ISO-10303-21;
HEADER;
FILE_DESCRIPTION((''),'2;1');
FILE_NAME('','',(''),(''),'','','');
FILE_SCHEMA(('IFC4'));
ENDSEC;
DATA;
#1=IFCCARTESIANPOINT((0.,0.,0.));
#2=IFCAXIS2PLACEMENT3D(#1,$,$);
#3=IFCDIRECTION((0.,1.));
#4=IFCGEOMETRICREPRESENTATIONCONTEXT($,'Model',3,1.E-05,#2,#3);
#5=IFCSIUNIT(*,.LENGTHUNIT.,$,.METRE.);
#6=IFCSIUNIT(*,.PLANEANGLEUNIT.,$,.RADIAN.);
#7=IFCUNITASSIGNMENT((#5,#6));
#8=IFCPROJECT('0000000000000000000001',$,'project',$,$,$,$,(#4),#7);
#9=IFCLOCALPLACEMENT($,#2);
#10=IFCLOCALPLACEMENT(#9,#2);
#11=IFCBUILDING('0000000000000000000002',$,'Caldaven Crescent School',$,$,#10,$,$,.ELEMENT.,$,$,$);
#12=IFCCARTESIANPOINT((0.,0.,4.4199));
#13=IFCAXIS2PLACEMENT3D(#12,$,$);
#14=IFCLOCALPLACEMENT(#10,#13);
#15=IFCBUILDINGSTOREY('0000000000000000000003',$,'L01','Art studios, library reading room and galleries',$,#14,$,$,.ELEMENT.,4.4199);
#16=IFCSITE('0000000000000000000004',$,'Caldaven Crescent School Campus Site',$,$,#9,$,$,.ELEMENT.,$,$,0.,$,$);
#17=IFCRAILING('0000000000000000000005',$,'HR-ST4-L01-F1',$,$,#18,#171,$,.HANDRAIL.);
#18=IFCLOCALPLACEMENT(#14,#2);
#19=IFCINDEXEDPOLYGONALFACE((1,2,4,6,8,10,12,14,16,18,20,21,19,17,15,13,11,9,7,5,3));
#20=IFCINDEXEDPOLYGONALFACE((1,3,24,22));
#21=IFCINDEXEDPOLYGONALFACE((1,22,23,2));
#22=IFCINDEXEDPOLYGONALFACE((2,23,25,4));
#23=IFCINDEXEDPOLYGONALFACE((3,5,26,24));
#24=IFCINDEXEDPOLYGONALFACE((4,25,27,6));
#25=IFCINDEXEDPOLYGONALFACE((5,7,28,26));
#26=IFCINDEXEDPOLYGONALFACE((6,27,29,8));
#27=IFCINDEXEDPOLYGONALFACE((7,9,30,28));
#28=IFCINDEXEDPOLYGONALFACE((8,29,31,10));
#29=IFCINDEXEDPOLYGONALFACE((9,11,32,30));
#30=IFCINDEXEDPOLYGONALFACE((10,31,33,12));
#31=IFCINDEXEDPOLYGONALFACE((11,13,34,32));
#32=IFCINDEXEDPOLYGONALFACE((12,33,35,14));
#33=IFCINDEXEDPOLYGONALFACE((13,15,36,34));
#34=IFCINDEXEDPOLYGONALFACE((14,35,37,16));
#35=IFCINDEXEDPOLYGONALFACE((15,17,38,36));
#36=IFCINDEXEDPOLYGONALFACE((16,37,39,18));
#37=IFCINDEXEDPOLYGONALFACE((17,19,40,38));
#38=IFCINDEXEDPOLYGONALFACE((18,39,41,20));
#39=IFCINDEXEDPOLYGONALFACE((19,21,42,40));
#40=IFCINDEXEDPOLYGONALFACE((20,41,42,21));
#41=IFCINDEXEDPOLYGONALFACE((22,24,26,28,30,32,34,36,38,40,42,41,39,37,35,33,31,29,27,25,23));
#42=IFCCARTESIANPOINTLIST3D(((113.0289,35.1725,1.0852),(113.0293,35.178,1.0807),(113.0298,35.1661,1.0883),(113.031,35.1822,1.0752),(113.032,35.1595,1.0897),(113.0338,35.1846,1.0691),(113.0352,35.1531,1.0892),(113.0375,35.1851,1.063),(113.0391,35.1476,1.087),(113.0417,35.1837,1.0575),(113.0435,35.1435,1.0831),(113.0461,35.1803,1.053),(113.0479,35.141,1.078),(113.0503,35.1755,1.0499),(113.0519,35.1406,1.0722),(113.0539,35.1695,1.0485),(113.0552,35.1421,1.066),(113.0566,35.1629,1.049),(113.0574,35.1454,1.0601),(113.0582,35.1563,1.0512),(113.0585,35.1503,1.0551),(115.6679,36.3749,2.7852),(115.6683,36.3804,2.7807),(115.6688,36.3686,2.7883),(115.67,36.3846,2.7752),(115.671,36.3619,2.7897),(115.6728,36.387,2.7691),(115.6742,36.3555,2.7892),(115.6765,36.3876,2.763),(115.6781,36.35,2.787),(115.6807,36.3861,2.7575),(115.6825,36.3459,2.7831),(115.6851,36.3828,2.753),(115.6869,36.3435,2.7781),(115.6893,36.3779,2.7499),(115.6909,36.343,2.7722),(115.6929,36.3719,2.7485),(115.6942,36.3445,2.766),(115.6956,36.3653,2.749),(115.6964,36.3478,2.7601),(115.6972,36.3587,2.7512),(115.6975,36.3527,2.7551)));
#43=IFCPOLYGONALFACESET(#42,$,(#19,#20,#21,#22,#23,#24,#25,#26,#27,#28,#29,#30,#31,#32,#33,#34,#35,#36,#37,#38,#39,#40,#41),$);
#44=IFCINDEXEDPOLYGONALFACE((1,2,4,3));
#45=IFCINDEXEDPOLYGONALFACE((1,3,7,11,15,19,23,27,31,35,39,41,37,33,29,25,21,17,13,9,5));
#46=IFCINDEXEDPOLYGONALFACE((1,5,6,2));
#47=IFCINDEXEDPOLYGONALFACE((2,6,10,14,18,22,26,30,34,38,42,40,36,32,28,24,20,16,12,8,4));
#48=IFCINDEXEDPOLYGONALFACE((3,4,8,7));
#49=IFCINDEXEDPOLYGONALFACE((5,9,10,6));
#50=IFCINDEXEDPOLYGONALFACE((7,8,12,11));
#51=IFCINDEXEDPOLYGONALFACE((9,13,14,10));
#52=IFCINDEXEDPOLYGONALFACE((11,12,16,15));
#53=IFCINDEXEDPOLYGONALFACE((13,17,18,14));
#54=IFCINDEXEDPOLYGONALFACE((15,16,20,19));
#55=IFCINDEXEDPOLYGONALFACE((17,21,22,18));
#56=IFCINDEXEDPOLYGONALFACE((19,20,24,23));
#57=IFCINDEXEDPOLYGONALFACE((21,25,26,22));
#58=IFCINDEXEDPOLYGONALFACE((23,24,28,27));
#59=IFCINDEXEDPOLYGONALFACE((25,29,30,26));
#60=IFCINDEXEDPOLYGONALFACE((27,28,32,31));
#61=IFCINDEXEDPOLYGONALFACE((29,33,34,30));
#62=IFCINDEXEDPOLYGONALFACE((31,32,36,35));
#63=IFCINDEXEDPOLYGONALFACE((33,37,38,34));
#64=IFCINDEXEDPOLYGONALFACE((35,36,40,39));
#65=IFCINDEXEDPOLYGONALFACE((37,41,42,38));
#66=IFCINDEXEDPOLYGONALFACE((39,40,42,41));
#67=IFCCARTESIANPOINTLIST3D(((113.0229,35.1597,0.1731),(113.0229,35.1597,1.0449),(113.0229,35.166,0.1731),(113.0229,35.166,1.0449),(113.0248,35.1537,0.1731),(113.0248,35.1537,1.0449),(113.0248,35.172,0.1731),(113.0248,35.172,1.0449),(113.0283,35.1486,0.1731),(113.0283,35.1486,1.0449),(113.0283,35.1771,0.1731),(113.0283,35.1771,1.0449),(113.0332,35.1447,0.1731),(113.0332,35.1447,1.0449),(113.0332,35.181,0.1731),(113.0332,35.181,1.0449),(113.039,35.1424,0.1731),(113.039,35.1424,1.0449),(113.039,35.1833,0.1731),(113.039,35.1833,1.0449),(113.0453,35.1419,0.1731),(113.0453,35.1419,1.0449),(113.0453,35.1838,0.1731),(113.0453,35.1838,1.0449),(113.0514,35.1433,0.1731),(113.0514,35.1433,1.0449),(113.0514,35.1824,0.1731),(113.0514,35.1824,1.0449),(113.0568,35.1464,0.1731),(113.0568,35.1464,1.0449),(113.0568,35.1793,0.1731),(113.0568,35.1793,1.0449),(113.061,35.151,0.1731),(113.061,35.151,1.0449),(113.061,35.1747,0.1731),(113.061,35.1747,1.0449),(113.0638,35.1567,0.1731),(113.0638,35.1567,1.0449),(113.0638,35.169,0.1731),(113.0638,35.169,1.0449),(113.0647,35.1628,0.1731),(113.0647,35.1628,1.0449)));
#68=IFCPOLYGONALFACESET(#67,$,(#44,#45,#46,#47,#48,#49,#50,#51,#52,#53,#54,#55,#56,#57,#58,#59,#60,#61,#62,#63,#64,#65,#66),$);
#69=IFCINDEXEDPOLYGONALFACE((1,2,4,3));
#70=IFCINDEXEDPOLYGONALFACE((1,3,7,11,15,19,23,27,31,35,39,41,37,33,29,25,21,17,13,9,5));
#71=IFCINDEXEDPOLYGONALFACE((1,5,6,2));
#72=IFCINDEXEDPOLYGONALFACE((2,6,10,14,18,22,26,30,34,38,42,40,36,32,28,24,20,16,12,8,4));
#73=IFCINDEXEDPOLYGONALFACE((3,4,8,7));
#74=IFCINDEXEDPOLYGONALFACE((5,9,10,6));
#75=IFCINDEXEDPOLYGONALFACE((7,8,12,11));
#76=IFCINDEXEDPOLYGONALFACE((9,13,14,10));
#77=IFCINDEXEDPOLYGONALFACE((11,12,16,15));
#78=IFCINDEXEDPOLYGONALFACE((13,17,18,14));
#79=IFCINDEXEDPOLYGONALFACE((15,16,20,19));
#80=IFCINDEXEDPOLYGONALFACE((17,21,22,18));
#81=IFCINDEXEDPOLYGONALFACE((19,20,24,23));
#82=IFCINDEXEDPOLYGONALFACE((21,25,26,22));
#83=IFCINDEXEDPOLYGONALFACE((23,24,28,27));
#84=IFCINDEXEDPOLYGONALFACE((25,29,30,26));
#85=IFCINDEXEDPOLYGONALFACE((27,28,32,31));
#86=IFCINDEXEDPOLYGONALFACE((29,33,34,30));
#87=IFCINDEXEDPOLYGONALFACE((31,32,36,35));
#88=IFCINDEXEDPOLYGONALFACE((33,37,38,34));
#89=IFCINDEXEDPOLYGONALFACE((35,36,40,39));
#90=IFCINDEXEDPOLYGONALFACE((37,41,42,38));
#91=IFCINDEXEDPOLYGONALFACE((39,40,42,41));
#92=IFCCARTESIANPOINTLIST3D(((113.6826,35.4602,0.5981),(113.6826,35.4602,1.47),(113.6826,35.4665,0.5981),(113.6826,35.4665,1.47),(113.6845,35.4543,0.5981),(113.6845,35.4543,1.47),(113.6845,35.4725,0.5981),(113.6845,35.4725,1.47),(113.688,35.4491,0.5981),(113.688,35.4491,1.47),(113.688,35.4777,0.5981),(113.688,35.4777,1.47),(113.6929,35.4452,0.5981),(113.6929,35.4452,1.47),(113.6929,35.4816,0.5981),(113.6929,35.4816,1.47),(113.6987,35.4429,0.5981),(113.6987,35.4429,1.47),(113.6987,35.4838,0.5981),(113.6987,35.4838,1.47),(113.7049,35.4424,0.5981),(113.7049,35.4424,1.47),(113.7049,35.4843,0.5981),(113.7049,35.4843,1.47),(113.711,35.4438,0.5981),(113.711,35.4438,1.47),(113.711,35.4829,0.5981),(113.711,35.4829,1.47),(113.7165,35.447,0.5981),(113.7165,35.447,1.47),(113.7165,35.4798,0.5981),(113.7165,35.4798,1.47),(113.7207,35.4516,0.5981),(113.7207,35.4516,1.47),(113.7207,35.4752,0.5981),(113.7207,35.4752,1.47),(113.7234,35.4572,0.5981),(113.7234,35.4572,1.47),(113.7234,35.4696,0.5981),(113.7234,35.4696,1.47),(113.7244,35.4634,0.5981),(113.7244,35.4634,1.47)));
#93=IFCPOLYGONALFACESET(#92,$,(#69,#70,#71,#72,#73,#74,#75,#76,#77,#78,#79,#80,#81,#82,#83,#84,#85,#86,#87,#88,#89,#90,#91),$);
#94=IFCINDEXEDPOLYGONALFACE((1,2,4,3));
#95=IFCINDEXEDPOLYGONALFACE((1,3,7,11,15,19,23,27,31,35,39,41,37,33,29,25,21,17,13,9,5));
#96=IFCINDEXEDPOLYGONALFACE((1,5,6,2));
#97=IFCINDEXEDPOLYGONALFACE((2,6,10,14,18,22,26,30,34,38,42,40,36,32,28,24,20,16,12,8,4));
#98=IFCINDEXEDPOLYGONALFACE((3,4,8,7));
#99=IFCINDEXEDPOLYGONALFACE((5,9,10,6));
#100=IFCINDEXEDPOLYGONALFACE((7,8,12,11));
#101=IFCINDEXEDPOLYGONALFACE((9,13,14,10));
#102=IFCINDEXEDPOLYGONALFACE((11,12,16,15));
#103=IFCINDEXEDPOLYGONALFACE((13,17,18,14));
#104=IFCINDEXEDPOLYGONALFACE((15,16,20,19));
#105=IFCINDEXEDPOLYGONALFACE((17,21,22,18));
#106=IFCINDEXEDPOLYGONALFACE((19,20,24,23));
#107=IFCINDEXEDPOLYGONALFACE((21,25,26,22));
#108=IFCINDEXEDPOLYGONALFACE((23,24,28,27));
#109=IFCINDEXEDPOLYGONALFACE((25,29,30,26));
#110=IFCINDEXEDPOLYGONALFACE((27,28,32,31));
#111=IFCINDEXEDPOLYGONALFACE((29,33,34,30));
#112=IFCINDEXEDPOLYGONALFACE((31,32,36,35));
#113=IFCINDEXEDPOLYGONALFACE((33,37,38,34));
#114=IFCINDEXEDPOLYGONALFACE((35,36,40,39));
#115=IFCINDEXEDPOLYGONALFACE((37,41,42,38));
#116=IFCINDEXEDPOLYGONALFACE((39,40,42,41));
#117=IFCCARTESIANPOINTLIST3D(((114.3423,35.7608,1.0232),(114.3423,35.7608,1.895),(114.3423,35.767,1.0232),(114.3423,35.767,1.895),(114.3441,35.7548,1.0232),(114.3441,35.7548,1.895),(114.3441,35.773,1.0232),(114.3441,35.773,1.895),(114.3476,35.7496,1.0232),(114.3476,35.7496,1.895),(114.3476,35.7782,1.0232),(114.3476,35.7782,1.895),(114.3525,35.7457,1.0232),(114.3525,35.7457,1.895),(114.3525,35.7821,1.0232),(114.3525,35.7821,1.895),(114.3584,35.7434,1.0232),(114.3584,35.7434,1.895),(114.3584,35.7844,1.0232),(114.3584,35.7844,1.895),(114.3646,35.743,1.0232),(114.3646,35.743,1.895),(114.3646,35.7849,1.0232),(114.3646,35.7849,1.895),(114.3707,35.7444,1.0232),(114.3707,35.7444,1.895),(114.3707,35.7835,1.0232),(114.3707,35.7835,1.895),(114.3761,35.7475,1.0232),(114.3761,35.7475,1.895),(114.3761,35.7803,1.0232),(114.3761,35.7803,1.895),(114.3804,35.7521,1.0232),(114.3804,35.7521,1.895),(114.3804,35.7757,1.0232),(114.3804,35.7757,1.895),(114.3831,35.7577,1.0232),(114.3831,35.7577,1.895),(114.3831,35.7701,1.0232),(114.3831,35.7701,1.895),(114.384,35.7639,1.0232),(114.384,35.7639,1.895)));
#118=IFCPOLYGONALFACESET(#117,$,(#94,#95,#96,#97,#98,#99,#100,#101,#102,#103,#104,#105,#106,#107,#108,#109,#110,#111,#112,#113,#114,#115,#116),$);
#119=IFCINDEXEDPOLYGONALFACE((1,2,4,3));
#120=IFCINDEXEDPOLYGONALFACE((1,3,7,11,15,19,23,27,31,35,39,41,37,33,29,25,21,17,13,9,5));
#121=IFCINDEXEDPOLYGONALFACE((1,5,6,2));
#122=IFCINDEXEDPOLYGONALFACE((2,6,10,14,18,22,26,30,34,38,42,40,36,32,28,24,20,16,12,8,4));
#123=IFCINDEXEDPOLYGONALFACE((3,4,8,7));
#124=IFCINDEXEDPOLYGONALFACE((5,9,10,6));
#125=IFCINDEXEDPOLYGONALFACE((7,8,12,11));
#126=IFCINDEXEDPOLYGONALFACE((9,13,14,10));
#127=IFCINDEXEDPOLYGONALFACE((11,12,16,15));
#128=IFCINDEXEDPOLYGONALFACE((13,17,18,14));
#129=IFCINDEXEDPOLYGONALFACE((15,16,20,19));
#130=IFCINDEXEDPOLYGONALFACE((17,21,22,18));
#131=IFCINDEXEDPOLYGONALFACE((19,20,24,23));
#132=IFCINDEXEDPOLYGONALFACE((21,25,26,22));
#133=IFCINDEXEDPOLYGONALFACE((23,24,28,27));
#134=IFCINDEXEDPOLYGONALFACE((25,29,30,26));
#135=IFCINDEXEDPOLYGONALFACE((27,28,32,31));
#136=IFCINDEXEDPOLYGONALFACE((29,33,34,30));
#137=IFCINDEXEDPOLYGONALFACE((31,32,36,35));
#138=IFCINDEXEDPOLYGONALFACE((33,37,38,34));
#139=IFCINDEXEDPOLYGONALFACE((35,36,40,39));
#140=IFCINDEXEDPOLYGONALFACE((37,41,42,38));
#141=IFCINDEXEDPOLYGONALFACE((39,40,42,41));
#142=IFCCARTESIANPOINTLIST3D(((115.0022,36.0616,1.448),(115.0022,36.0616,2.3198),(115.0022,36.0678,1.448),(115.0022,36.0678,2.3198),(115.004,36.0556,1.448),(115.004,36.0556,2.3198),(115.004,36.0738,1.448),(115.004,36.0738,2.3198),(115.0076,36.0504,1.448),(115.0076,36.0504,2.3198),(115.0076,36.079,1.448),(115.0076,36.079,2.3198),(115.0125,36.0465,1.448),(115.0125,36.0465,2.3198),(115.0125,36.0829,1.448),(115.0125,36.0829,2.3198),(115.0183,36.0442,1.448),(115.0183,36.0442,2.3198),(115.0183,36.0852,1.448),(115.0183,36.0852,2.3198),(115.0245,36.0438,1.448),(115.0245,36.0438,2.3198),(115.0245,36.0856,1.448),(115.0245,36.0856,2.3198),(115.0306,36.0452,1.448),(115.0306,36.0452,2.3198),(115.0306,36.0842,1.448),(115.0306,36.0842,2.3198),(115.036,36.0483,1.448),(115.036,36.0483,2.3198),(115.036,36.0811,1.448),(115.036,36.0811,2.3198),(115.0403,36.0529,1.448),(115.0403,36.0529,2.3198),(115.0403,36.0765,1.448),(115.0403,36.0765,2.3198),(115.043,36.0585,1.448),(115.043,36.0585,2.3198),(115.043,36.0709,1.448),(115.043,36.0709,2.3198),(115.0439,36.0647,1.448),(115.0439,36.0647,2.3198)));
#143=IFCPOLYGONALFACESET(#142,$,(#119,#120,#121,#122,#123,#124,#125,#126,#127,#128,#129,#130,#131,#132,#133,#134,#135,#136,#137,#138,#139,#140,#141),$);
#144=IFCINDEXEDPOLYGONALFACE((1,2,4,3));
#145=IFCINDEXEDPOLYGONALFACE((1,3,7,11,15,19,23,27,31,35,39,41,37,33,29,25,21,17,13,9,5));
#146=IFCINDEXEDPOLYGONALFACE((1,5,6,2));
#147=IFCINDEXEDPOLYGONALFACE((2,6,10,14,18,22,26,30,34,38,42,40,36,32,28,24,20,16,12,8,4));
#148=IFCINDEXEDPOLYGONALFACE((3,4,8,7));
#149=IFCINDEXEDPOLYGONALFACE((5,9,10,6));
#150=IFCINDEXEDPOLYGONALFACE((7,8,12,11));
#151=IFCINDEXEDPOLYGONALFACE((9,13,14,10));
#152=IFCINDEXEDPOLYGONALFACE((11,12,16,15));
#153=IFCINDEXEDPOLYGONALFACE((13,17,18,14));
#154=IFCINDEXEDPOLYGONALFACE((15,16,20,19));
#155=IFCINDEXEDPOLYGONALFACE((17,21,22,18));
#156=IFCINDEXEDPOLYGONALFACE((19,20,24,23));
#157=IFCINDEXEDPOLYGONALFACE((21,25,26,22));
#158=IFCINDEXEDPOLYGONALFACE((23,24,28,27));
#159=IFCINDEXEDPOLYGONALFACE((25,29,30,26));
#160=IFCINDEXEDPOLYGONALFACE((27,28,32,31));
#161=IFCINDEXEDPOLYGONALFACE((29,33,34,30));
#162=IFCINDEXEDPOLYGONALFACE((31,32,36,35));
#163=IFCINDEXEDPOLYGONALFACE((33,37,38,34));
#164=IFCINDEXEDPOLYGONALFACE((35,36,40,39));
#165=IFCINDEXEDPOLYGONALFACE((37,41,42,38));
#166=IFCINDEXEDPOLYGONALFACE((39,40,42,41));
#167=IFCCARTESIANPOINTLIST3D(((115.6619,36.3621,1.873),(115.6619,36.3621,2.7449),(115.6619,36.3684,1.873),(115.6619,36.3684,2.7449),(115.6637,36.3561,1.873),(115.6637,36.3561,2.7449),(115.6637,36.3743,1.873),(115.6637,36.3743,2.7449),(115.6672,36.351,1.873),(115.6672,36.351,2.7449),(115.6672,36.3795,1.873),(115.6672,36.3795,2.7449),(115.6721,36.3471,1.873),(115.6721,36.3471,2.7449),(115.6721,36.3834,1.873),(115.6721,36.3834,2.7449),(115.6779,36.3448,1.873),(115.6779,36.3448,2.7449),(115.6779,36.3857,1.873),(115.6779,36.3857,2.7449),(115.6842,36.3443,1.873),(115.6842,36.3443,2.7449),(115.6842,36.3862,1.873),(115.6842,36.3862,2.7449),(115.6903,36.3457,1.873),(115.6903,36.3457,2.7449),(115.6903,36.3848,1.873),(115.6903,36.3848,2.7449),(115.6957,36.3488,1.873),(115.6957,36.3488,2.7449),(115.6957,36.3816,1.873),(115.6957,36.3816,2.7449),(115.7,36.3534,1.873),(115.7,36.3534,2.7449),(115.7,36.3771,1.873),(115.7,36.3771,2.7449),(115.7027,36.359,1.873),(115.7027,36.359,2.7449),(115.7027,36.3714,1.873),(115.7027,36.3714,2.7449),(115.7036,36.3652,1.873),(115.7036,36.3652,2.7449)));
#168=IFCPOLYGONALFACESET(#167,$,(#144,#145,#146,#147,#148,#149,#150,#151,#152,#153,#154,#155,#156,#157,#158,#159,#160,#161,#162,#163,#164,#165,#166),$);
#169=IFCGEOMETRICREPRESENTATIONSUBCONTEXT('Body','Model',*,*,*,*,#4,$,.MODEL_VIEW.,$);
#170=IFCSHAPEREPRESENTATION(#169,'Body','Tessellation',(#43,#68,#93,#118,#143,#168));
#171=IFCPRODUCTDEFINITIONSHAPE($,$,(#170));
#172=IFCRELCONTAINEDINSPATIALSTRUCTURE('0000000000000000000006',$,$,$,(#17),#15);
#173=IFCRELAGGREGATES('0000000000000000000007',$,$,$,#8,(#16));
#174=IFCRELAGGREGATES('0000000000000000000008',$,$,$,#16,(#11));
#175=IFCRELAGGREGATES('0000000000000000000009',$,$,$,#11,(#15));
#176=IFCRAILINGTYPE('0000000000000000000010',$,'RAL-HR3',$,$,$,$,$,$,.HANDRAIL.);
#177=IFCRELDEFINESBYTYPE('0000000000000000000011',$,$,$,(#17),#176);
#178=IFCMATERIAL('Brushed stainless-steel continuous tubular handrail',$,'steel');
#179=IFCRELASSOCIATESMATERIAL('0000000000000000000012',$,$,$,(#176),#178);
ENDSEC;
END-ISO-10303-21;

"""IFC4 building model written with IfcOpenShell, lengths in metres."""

from ifc_helpers import new_model, si_unit, direction, frame, origin, origin_2d, place, context, subcontext, project, spatial, circle, extrude, material, type_object, element, save


model = new_model("IFC4")

# Units and contexts
model_context = context("Model", 3, precision=1e-05, world=origin(), true_north=direction((0.0, 1.0)))
body_context = subcontext(model_context, "Body", "Model", "MODEL_VIEW")
ifc_project = project(units=[si_unit("LENGTHUNIT", "METRE"), si_unit("PLANEANGLEUNIT", "RADIAN")], contexts=[model_context])

# Site, building, storey
site_placement = place(None, origin())
site = spatial("IfcSite", under=ifc_project, at=site_placement, Name="Caldaven Crescent School Campus Site", CompositionType="ELEMENT", RefElevation=0.0)
building_placement = place(site_placement, origin())
building = spatial("IfcBuilding", under=site, at=building_placement, Name="Caldaven Crescent School", CompositionType="ELEMENT")
storey_placement = place(building_placement, frame((0.0, 0.0, 4.4199)))
storey = spatial("IfcBuildingStorey", under=building, at=storey_placement, Name="L01", Description="Art studios, library reading room and galleries", CompositionType="ELEMENT", Elevation=4.4199)

# Railing
ifc_material_1 = material(Name="Brushed stainless-steel continuous tubular handrail", Category="steel")
railing_type_1 = type_object("IfcRailingType", Name="RAL-HR3", PredefinedType="HANDRAIL", material=ifc_material_1)
railing_1_placement = place(storey_placement, frame((113.0437, 35.1628, 0.1731)))
element("IfcRailing", 1, at=railing_1_placement, inside=storey, type_object=railing_type_1, Name="HR-ST4-L01-F1", PredefinedType="HANDRAIL", context=body_context, shape_type="SweptSolid", body=[
    extrude(circle(Radius=0.0239, at=origin_2d()), frame((0.0, 0.0, 0.896), z_axis=(0.785049, 0.357699, 0.505717), x_axis=(-0.414627, 0.909991, 0.0)), (0.0, 0.0, 1.0), 3.3616),
    extrude(circle(Radius=0.021, at=origin_2d()), origin(), (0.0, 0.0, 1.0), 0.8718),
    extrude(circle(Radius=0.021, at=origin_2d()), frame((0.6597, 0.3005, 0.425)), (0.0, 0.0, 1.0), 0.8718),
    extrude(circle(Radius=0.021, at=origin_2d()), frame((1.3193, 0.6011, 0.8501)), (0.0, 0.0, 1.0), 0.8718),
    extrude(circle(Radius=0.021, at=origin_2d()), frame((1.9792, 0.9019, 1.2749)), (0.0, 0.0, 1.0), 0.8718),
    extrude(circle(Radius=0.021, at=origin_2d()), frame((2.6389, 1.2024, 1.7)), (0.0, 0.0, 1.0), 0.8718),
])

save(model, "model.ifc")
